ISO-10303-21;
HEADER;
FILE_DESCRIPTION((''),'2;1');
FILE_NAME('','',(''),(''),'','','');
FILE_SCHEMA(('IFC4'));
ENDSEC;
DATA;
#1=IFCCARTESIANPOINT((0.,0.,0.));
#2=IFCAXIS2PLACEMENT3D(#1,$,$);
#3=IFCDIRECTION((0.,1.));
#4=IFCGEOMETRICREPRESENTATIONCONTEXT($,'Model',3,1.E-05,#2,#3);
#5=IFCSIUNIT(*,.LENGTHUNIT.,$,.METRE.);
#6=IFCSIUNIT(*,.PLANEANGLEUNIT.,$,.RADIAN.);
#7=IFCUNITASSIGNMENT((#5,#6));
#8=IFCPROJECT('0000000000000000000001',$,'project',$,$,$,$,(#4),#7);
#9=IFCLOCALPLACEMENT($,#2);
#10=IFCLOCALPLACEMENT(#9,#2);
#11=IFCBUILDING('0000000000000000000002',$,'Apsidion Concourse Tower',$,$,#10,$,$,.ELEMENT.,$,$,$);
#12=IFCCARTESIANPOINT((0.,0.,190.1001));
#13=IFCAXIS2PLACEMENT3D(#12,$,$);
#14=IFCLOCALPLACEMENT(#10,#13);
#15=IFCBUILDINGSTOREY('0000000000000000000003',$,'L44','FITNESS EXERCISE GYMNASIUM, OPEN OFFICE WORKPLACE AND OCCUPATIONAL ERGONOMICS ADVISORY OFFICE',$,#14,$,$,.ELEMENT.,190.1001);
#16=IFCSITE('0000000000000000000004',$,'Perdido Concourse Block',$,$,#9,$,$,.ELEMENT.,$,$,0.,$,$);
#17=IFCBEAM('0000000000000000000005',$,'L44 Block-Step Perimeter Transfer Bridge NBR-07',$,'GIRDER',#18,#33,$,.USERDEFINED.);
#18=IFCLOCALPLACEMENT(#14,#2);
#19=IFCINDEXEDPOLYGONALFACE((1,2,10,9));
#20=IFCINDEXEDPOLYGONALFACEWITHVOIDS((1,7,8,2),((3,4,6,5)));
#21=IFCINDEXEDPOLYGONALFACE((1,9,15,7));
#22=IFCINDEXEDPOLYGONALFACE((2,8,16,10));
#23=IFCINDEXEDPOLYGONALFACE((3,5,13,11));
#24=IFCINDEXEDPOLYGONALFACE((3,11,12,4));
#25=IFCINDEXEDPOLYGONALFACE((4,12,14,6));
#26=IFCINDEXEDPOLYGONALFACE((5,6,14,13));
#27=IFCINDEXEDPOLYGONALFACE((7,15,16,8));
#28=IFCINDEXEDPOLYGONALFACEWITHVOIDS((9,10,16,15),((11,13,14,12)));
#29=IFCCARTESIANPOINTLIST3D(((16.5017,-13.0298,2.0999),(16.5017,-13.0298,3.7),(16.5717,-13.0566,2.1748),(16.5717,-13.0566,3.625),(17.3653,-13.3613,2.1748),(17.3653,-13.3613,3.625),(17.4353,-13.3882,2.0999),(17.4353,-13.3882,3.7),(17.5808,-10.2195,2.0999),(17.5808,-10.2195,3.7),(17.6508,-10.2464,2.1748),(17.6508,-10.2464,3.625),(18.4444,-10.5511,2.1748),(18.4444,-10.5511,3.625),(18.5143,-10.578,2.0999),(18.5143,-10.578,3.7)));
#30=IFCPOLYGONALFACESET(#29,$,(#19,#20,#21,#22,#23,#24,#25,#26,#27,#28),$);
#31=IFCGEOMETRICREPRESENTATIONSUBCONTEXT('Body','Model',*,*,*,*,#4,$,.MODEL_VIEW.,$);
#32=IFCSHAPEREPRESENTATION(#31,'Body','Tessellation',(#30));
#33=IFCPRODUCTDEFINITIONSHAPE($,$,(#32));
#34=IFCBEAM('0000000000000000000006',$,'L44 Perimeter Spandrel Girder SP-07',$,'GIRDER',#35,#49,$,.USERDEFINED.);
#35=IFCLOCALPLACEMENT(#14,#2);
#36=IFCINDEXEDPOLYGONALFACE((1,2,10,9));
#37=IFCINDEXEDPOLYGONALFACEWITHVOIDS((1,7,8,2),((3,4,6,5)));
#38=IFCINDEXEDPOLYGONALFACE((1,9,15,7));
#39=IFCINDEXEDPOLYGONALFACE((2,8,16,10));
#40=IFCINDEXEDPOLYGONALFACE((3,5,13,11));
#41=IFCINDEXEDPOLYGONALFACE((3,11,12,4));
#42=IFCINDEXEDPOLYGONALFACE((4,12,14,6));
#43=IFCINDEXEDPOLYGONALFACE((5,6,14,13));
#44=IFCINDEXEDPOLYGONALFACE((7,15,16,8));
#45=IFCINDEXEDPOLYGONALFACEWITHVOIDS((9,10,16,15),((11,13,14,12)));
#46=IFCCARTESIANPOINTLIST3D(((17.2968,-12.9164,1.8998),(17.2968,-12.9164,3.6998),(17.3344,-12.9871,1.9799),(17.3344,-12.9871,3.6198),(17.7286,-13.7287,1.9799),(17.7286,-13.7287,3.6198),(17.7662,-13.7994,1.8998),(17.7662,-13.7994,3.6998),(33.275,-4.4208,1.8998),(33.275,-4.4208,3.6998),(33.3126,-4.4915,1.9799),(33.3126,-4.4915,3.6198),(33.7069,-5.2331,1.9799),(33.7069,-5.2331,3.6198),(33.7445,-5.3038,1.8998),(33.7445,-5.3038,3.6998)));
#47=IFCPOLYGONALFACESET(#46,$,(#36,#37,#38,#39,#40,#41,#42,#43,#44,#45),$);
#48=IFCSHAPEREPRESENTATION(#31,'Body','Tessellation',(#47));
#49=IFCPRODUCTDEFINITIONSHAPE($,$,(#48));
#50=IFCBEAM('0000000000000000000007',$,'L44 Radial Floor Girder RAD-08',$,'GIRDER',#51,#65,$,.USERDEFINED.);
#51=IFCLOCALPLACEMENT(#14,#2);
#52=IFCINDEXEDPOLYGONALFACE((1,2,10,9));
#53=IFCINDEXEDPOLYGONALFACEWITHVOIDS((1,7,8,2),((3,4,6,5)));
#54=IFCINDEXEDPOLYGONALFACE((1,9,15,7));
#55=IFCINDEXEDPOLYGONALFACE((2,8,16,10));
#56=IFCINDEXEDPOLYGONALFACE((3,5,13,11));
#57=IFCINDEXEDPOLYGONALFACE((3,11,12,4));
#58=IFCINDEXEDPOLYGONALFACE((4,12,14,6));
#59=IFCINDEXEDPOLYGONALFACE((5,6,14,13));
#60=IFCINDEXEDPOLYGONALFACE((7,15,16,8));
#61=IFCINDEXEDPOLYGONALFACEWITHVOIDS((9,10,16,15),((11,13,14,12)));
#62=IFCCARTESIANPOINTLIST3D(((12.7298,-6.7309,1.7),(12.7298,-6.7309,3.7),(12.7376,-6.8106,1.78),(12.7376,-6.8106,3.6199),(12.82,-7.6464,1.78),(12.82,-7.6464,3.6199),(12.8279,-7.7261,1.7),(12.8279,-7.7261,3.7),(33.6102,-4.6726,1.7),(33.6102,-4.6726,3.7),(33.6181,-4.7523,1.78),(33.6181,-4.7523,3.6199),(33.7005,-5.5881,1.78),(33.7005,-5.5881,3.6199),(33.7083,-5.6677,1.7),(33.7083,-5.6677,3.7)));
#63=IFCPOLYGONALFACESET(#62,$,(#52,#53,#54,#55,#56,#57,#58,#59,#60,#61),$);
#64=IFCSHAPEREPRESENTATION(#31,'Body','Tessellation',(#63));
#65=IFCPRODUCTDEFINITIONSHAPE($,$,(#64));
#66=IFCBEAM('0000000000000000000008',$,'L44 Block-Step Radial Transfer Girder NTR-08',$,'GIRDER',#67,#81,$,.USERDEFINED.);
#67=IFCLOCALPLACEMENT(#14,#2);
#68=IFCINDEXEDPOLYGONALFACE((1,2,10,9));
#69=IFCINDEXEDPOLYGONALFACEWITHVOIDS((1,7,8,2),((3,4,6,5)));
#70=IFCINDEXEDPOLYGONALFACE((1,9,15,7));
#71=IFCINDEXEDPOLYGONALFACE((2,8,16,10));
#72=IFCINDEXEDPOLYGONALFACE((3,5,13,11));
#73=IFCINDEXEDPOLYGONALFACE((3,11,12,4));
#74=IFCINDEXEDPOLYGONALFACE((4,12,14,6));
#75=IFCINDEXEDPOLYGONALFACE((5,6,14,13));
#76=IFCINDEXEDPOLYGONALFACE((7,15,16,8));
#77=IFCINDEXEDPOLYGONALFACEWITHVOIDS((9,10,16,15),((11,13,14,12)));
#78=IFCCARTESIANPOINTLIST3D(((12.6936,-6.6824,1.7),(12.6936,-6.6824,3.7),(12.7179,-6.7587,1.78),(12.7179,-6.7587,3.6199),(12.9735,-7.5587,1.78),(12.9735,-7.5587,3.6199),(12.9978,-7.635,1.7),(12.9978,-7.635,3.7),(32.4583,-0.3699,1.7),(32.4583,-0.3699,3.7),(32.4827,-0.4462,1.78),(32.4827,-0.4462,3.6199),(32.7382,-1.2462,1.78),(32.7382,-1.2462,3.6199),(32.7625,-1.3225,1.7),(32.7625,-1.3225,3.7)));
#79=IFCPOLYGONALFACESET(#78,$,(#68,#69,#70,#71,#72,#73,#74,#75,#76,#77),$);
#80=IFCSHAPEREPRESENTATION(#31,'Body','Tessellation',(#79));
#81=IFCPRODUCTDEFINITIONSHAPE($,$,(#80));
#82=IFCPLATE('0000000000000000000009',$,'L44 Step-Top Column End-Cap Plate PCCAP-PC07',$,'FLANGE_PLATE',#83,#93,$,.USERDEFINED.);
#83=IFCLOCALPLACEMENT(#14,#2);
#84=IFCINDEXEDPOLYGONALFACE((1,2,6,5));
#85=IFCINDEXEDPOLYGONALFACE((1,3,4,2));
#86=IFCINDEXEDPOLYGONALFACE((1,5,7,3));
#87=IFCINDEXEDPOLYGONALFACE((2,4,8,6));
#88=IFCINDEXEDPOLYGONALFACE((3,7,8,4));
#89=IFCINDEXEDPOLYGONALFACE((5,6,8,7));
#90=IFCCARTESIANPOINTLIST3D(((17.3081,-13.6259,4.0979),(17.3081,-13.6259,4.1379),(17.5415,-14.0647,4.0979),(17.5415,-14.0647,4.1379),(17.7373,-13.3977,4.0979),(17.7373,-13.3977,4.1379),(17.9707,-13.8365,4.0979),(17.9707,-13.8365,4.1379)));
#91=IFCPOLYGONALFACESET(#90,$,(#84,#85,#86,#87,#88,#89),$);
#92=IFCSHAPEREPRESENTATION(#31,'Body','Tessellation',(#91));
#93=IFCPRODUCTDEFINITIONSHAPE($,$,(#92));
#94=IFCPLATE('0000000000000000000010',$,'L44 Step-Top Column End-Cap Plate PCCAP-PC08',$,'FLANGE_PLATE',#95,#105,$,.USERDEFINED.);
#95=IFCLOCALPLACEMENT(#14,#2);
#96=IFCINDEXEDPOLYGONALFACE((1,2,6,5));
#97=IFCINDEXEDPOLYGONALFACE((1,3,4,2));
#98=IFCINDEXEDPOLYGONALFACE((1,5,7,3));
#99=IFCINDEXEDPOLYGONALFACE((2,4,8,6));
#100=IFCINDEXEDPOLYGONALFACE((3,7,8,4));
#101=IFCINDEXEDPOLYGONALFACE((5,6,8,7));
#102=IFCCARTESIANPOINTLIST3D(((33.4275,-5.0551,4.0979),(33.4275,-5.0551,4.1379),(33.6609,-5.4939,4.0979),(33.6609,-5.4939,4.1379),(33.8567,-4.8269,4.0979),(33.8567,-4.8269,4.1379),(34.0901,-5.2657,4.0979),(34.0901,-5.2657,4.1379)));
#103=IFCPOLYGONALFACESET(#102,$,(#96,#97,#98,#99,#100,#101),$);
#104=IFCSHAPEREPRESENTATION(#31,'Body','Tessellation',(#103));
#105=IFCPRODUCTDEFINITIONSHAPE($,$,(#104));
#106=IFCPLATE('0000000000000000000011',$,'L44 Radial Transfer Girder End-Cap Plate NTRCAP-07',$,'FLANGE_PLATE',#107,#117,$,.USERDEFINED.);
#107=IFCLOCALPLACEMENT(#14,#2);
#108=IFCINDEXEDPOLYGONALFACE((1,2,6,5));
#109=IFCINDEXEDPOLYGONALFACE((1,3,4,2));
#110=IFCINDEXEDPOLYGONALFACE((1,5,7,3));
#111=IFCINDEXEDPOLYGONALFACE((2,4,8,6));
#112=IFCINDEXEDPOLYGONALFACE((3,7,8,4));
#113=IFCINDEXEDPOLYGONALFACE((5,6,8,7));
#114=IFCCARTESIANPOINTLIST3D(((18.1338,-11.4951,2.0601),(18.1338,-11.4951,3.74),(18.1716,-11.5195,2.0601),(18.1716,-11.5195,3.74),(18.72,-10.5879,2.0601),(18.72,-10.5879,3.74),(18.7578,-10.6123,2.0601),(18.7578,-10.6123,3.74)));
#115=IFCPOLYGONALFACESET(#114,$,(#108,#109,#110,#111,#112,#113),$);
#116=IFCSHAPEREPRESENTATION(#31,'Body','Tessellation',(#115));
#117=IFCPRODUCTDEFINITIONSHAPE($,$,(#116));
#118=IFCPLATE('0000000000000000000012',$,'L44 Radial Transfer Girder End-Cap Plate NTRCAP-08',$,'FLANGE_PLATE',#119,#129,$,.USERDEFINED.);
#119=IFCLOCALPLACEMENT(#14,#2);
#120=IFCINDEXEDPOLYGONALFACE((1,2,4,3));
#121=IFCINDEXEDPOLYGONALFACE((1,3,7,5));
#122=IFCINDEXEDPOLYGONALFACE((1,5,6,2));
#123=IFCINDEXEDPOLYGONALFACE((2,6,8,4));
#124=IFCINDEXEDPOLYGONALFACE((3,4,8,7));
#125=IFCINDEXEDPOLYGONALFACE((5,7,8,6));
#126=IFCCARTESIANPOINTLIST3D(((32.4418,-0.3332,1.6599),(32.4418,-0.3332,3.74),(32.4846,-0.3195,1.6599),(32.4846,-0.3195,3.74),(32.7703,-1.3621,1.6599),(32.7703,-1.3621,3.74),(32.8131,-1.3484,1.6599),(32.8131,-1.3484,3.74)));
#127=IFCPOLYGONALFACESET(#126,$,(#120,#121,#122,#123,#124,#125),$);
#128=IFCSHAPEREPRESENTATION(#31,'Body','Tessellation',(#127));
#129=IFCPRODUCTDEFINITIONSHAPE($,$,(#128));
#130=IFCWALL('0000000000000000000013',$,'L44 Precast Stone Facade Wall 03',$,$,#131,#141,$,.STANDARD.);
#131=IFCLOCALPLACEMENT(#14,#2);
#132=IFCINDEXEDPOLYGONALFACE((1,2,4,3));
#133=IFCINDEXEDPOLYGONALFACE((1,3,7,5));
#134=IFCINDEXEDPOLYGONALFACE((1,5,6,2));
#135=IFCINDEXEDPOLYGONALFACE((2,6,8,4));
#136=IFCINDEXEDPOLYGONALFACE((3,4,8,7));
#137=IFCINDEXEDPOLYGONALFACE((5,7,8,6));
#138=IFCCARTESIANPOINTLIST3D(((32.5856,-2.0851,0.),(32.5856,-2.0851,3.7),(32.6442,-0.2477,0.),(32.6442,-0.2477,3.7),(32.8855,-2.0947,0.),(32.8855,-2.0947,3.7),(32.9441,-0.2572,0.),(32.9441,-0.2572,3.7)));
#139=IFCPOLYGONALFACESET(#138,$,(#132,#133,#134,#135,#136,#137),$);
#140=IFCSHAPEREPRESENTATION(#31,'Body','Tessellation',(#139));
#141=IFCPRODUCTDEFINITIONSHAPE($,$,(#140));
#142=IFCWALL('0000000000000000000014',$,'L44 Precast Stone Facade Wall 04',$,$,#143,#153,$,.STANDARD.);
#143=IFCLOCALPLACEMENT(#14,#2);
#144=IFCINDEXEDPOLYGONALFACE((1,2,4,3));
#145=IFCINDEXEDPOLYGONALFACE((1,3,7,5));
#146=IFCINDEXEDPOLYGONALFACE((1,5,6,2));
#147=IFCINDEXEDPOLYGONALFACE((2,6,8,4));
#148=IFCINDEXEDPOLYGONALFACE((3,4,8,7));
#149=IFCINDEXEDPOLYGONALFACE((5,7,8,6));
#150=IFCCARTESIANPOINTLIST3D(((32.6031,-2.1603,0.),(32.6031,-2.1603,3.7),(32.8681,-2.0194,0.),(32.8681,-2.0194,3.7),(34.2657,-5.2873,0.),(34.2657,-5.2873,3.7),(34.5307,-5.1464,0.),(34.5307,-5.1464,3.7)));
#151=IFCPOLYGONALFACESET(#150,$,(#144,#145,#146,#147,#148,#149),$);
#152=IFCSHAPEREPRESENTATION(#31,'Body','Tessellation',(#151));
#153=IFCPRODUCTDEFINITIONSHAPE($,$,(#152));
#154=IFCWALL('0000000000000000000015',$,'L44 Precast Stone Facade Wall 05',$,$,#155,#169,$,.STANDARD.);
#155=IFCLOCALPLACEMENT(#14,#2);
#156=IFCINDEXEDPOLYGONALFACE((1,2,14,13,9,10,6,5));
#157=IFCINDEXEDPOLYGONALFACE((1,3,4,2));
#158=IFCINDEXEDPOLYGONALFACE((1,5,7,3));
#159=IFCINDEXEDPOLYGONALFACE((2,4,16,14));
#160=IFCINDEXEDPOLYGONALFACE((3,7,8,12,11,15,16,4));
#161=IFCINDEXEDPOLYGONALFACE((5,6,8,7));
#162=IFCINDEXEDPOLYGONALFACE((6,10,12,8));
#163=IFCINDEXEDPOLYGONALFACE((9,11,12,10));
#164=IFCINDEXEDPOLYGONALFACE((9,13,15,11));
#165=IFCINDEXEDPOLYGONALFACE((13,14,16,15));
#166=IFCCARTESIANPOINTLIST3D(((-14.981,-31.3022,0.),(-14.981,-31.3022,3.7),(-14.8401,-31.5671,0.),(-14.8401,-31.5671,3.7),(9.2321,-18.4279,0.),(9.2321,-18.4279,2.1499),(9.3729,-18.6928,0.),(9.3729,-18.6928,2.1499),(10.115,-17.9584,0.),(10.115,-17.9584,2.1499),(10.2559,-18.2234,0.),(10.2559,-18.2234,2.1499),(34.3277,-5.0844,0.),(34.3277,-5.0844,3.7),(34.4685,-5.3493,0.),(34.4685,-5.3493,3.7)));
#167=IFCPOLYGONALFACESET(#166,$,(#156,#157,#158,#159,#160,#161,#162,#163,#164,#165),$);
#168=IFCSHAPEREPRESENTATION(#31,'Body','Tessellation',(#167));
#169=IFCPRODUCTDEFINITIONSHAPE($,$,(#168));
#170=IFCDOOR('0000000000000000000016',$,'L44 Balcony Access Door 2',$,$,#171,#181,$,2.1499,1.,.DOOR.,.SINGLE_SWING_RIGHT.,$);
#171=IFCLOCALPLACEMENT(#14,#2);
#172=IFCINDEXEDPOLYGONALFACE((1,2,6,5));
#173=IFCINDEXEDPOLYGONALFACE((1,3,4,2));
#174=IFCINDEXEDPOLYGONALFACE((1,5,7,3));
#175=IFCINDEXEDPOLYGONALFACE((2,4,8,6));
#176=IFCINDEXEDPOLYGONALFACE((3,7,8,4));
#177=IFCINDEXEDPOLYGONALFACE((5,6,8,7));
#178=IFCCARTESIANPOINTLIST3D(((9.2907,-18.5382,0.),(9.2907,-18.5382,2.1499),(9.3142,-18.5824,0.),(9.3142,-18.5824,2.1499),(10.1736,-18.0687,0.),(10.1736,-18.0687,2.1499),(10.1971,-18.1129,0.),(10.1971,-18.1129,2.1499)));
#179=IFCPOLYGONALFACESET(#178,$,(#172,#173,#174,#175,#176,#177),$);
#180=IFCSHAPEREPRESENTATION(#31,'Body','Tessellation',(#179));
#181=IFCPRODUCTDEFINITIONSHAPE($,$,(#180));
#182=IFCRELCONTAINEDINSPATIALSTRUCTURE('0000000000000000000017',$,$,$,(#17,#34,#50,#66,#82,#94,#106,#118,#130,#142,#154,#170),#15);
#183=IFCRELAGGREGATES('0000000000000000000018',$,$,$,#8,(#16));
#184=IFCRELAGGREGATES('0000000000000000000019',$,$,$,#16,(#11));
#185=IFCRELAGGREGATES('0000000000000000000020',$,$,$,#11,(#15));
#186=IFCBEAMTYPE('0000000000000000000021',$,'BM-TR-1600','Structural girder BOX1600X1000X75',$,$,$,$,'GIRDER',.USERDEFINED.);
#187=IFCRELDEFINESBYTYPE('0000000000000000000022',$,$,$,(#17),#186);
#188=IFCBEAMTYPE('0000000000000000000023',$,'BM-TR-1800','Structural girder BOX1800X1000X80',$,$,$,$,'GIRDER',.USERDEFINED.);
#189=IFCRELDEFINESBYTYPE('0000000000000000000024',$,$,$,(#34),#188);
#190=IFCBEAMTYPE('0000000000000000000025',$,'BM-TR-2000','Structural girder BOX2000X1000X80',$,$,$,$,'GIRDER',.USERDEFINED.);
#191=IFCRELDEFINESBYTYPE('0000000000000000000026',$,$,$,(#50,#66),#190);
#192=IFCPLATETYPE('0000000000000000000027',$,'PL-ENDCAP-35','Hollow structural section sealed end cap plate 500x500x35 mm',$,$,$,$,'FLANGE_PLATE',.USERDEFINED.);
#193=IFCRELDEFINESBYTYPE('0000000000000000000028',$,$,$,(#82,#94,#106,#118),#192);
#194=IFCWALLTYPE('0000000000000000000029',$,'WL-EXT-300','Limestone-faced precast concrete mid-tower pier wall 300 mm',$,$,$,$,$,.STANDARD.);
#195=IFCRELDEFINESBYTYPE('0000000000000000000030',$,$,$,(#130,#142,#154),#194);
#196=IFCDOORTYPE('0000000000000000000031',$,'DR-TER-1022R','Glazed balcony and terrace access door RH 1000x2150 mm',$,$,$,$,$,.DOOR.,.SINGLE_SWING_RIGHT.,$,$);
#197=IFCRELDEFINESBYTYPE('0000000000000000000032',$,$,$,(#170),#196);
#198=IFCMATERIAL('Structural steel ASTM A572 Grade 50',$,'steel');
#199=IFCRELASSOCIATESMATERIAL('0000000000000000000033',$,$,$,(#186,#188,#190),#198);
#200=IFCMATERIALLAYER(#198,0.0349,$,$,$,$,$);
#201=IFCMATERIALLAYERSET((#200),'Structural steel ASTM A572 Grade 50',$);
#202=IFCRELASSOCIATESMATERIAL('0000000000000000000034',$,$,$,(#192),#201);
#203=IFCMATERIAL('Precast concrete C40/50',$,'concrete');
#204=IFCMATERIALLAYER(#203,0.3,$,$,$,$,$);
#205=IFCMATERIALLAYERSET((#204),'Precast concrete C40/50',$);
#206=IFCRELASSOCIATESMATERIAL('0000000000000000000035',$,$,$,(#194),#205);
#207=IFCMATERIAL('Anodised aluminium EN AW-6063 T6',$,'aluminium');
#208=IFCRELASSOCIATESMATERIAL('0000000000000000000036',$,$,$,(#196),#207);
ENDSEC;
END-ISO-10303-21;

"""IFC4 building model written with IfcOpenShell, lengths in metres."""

from ifc_helpers import new_model, si_unit, direction, frame, frame_2d, origin, origin_2d, place, context, subcontext, project, spatial, rectangle, hollow_rectangle, extrude, material, layer, layer_set, material_profile, profile_set, type_object, element, fill, save


model = new_model("IFC4")

# Units and contexts
model_context = context("Model", 3, precision=1e-05, world=origin(), true_north=direction((0.0, 1.0)))
body_context = subcontext(model_context, "Body", "Model", "MODEL_VIEW")
ifc_project = project(units=[si_unit("LENGTHUNIT", "METRE"), si_unit("PLANEANGLEUNIT", "RADIAN")], contexts=[model_context])

# Site, building, storey
site_placement = place(None, origin())
site = spatial("IfcSite", under=ifc_project, at=site_placement, Name="Perdido Concourse Block", CompositionType="ELEMENT", RefElevation=0.0)
building_placement = place(site_placement, origin())
building = spatial("IfcBuilding", under=site, at=building_placement, Name="Apsidion Concourse Tower", CompositionType="ELEMENT")
storey_placement = place(building_placement, frame((0.0, 0.0, 190.1001)))
storey = spatial("IfcBuildingStorey", under=building, at=storey_placement, Name="L44", Description="FITNESS EXERCISE GYMNASIUM, OPEN OFFICE WORKPLACE AND OCCUPATIONAL ERGONOMICS ADVISORY OFFICE", CompositionType="ELEMENT", Elevation=190.1001)

# Beams
ifc_material_1 = material(Name="Structural steel ASTM A572 Grade 50", Category="steel")
ifc_material_profile_1 = material_profile(ifc_material_1, hollow_rectangle(XDim=1.0, YDim=1.6001, WallThickness=0.075, at=origin_2d()), Name="BOX1600X1000X75")
ifc_profile_set_1 = profile_set([ifc_material_profile_1], Name="Structural steel ASTM A572 Grade 50")
beam_type_1 = type_object("IfcBeamType", Name="BM-TR-1600", Description="Structural girder BOX1600X1000X75", ElementType="GIRDER", PredefinedType="USERDEFINED", material=ifc_profile_set_1)
beam_1_placement = place(storey_placement, frame((16.9685, -13.209, 2.8999), z_axis=(0.358463, 0.933544, 0.0), x_axis=(-0.933544, 0.358463, 0.0)))
element("IfcBeam", 1, at=beam_1_placement, inside=storey, type_object=beam_type_1, Name="L44 Block-Step Perimeter Transfer Bridge NBR-07", ObjectType="GIRDER", PredefinedType="USERDEFINED", context=body_context, shape_type="SweptSolid", body=[
    extrude(hollow_rectangle(XDim=1.0, YDim=1.6001, WallThickness=0.075, at=origin_2d()), origin(), (0.0, 0.0, 1.0), 3.0103),
])
ifc_material_profile_2 = material_profile(ifc_material_1, hollow_rectangle(XDim=1.0, YDim=1.8, WallThickness=0.0801, at=origin_2d()), Name="BOX1800X1000X80")
ifc_profile_set_2 = profile_set([ifc_material_profile_2], Name="Structural steel ASTM A572 Grade 50")
beam_type_2 = type_object("IfcBeamType", Name="BM-TR-1800", Description="Structural girder BOX1800X1000X80", ElementType="GIRDER", PredefinedType="USERDEFINED", material=ifc_profile_set_2)
beam_2_placement = place(storey_placement, frame((17.5315, -13.3579, 2.7998), z_axis=(0.882952, 0.469463, 0.0), x_axis=(-0.469463, 0.882952, 0.0)))
element("IfcBeam", 2, at=beam_2_placement, inside=storey, type_object=beam_type_2, Name="L44 Perimeter Spandrel Girder SP-07", ObjectType="GIRDER", PredefinedType="USERDEFINED", context=body_context, shape_type="SweptSolid", body=[
    extrude(hollow_rectangle(XDim=1.0, YDim=1.8, WallThickness=0.0801, at=origin_2d()), origin(), (0.0, 0.0, 1.0), 18.0964),
])
ifc_material_profile_3 = material_profile(ifc_material_1, hollow_rectangle(XDim=1.0, YDim=2.0, WallThickness=0.0801, at=origin_2d()), Name="BOX2000X1000X80")
ifc_profile_set_3 = profile_set([ifc_material_profile_3], Name="Structural steel ASTM A572 Grade 50")
beam_type_3 = type_object("IfcBeamType", Name="BM-TR-2000", Description="Structural girder BOX2000X1000X80", ElementType="GIRDER", PredefinedType="USERDEFINED", material=ifc_profile_set_3)
beam_3_placement = place(storey_placement, frame((12.7788, -7.2285, 2.7), z_axis=(0.995176, 0.098103, 0.0), x_axis=(-0.098103, 0.995176, 0.0)))
element("IfcBeam", 3, at=beam_3_placement, inside=storey, type_object=beam_type_3, Name="L44 Radial Floor Girder RAD-08", ObjectType="GIRDER", PredefinedType="USERDEFINED", context=body_context, shape_type="SweptSolid", body=[
    extrude(hollow_rectangle(XDim=1.0, YDim=2.0, WallThickness=0.0801, at=origin_2d()), origin(), (0.0, 0.0, 1.0), 20.9817),
])
beam_4_placement = place(storey_placement, frame((12.8457, -7.1587, 2.7), z_axis=(0.952595, 0.304243, 0.0), x_axis=(-0.304243, 0.952595, 0.0)))
element("IfcBeam", 4, at=beam_4_placement, inside=storey, type_object=beam_type_3, Name="L44 Block-Step Radial Transfer Girder NTR-08", ObjectType="GIRDER", PredefinedType="USERDEFINED", context=body_context, shape_type="SweptSolid", body=[
    extrude(hollow_rectangle(XDim=1.0, YDim=2.0, WallThickness=0.0801, at=origin_2d()), origin(), (0.0, 0.0, 1.0), 20.7483),
])

# Plates
ifc_layer_1 = layer(ifc_material_1, 0.0349)
ifc_layer_set_1 = layer_set([ifc_layer_1], Name="Structural steel ASTM A572 Grade 50")
plate_type = type_object("IfcPlateType", Name="PL-ENDCAP-35", Description="Hollow structural section sealed end cap plate 500x500x35 mm", ElementType="FLANGE_PLATE", PredefinedType="USERDEFINED", material=ifc_layer_set_1)
for number, where, z_axis, x_axis, name in (
    (5, (17.6394, -13.7312, 4.0979), (0.0, 0.0, 1.0), (0.882948, 0.469472, 0.0), "L44 Step-Top Column End-Cap Plate PCCAP-PC07"),
    (6, (33.7588, -5.1604, 4.0979), (0.0, 0.0, 1.0), (0.882948, 0.469472, 0.0), "L44 Step-Top Column End-Cap Plate PCCAP-PC08"),
):
    element("IfcPlate", number, at=place(storey_placement, frame(where, z_axis=z_axis, x_axis=x_axis)), inside=storey, type_object=plate_type, Name=name, ObjectType="FLANGE_PLATE", PredefinedType="USERDEFINED", context=body_context, shape_type="SweptSolid", body=[
        extrude(rectangle(XDim=0.4861, YDim=0.4971, at=origin_2d()), origin(), (0.0, 0.0, 1.0), 0.04),
    ])
plate_1_placement = place(storey_placement, frame((18.4458, -11.0537, 2.0601), z_axis=(0.0, 0.0, 1.0), x_axis=(0.839904, -0.542735, 0.0)))
element("IfcPlate", 7, at=plate_1_placement, inside=storey, type_object=plate_type, Name="L44 Radial Transfer Girder End-Cap Plate NTRCAP-07", ObjectType="FLANGE_PLATE", PredefinedType="USERDEFINED", context=body_context, shape_type="SweptSolid", body=[
    extrude(rectangle(XDim=0.0449, YDim=1.0801, at=origin_2d()), origin(), (0.0, 0.0, 1.0), 1.6799),
])
plate_2_placement = place(storey_placement, frame((32.6274, -0.8408, 1.6599), z_axis=(0.0, 0.0, 1.0), x_axis=(0.952608, 0.304199, 0.0)))
element("IfcPlate", 8, at=plate_2_placement, inside=storey, type_object=plate_type, Name="L44 Radial Transfer Girder End-Cap Plate NTRCAP-08", ObjectType="FLANGE_PLATE", PredefinedType="USERDEFINED", context=body_context, shape_type="SweptSolid", body=[
    extrude(rectangle(XDim=0.0449, YDim=1.0801, at=origin_2d()), origin(), (0.0, 0.0, 1.0), 2.0801),
])

# Walls
ifc_material_2 = material(Name="Precast concrete C40/50", Category="concrete")
ifc_layer_2 = layer(ifc_material_2, 0.3)
ifc_layer_set_2 = layer_set([ifc_layer_2], Name="Precast concrete C40/50")
wall_type_1 = type_object("IfcWallType", Name="WL-EXT-300", Description="Limestone-faced precast concrete mid-tower pier wall 300 mm", PredefinedType="STANDARD", material=ifc_layer_set_2)
wall_1_placement = place(storey_placement, frame((32.7942, -0.2524, 0.0), z_axis=(0.0, 0.0, 1.0), x_axis=(-0.031873, -0.999492, 0.0)))
element("IfcWall", 9, at=wall_1_placement, inside=storey, type_object=wall_type_1, Name="L44 Precast Stone Facade Wall 03", PredefinedType="STANDARD", context=body_context, shape_type="SweptSolid", body=[
    extrude(rectangle(XDim=1.8384, YDim=0.3, at=frame_2d((0.9192, 0.0))), origin(), (0.0, 0.0, 1.0), 3.7),
])
wall_2_placement = place(storey_placement, frame((32.7356, -2.0898, 0.0), z_axis=(0.0, 0.0, 1.0), x_axis=(0.469464, -0.882951, 0.0)))
element("IfcWall", 10, at=wall_2_placement, inside=storey, type_object=wall_type_1, Name="L44 Precast Stone Facade Wall 04", PredefinedType="STANDARD", context=body_context, shape_type="SweptSolid", body=[
    extrude(rectangle(XDim=3.5415, YDim=0.3, at=frame_2d((1.7708, 0.0))), origin(), (0.0, 0.0, 1.0), 3.7),
])

# Wall, opening, door
wall_3_placement = place(storey_placement, frame((34.3982, -5.2168, 0.0), z_axis=(0.0, 0.0, 1.0), x_axis=(-0.882948, -0.469471, 0.0)))
wall_3 = element("IfcWall", 11, at=wall_3_placement, inside=storey, type_object=wall_type_1, Name="L44 Precast Stone Facade Wall 05", PredefinedType="STANDARD", context=body_context, shape_type="SweptSolid", body=[
    extrude(rectangle(XDim=55.8455, YDim=0.3, at=frame_2d((27.9229, 0.0))), origin(), (0.0, 0.0, 1.0), 3.7),
])
opening_1_placement = place(wall_3_placement, frame((27.4226, 0.0, 0.0)))
opening_1 = element("IfcOpeningElement", 12, at=opening_1_placement, cuts=wall_3, PredefinedType="OPENING", context=body_context, shape_type="SweptSolid", body=[
    extrude(rectangle(XDim=1.0, YDim=2.1499, at=frame_2d((0.5, 1.075))), frame((0.0, 0.1602, 0.0), z_axis=(0.0, -1.0, 0.0), x_axis=(1.0, 0.0, 0.0)), (0.0, 0.0, 1.0), 0.3201),
])
ifc_material_3 = material(Name="Anodised aluminium EN AW-6063 T6", Category="aluminium")
door_type_1 = type_object("IfcDoorType", Name="DR-TER-1022R", Description="Glazed balcony and terrace access door RH 1000x2150 mm", OperationType="SINGLE_SWING_RIGHT", PredefinedType="DOOR", material=ifc_material_3)
door_1_placement = place(opening_1_placement, origin())
door_1 = element("IfcDoor", 13, at=door_1_placement, inside=storey, type_object=door_type_1, Name="L44 Balcony Access Door 2", OperationType="SINGLE_SWING_RIGHT", OverallHeight=2.1499, OverallWidth=1.0, PredefinedType="DOOR", context=body_context, shape_type="SweptSolid", body=[
    extrude(rectangle(XDim=1.0, YDim=2.1499, at=frame_2d((0.5, 1.075))), frame((0.0, 0.0249, 0.0), z_axis=(0.0, -1.0, 0.0), x_axis=(1.0, 0.0, 0.0)), (0.0, 0.0, 1.0), 0.05),
])
fill(opening_1, door_1)

save(model, "model.ifc")
